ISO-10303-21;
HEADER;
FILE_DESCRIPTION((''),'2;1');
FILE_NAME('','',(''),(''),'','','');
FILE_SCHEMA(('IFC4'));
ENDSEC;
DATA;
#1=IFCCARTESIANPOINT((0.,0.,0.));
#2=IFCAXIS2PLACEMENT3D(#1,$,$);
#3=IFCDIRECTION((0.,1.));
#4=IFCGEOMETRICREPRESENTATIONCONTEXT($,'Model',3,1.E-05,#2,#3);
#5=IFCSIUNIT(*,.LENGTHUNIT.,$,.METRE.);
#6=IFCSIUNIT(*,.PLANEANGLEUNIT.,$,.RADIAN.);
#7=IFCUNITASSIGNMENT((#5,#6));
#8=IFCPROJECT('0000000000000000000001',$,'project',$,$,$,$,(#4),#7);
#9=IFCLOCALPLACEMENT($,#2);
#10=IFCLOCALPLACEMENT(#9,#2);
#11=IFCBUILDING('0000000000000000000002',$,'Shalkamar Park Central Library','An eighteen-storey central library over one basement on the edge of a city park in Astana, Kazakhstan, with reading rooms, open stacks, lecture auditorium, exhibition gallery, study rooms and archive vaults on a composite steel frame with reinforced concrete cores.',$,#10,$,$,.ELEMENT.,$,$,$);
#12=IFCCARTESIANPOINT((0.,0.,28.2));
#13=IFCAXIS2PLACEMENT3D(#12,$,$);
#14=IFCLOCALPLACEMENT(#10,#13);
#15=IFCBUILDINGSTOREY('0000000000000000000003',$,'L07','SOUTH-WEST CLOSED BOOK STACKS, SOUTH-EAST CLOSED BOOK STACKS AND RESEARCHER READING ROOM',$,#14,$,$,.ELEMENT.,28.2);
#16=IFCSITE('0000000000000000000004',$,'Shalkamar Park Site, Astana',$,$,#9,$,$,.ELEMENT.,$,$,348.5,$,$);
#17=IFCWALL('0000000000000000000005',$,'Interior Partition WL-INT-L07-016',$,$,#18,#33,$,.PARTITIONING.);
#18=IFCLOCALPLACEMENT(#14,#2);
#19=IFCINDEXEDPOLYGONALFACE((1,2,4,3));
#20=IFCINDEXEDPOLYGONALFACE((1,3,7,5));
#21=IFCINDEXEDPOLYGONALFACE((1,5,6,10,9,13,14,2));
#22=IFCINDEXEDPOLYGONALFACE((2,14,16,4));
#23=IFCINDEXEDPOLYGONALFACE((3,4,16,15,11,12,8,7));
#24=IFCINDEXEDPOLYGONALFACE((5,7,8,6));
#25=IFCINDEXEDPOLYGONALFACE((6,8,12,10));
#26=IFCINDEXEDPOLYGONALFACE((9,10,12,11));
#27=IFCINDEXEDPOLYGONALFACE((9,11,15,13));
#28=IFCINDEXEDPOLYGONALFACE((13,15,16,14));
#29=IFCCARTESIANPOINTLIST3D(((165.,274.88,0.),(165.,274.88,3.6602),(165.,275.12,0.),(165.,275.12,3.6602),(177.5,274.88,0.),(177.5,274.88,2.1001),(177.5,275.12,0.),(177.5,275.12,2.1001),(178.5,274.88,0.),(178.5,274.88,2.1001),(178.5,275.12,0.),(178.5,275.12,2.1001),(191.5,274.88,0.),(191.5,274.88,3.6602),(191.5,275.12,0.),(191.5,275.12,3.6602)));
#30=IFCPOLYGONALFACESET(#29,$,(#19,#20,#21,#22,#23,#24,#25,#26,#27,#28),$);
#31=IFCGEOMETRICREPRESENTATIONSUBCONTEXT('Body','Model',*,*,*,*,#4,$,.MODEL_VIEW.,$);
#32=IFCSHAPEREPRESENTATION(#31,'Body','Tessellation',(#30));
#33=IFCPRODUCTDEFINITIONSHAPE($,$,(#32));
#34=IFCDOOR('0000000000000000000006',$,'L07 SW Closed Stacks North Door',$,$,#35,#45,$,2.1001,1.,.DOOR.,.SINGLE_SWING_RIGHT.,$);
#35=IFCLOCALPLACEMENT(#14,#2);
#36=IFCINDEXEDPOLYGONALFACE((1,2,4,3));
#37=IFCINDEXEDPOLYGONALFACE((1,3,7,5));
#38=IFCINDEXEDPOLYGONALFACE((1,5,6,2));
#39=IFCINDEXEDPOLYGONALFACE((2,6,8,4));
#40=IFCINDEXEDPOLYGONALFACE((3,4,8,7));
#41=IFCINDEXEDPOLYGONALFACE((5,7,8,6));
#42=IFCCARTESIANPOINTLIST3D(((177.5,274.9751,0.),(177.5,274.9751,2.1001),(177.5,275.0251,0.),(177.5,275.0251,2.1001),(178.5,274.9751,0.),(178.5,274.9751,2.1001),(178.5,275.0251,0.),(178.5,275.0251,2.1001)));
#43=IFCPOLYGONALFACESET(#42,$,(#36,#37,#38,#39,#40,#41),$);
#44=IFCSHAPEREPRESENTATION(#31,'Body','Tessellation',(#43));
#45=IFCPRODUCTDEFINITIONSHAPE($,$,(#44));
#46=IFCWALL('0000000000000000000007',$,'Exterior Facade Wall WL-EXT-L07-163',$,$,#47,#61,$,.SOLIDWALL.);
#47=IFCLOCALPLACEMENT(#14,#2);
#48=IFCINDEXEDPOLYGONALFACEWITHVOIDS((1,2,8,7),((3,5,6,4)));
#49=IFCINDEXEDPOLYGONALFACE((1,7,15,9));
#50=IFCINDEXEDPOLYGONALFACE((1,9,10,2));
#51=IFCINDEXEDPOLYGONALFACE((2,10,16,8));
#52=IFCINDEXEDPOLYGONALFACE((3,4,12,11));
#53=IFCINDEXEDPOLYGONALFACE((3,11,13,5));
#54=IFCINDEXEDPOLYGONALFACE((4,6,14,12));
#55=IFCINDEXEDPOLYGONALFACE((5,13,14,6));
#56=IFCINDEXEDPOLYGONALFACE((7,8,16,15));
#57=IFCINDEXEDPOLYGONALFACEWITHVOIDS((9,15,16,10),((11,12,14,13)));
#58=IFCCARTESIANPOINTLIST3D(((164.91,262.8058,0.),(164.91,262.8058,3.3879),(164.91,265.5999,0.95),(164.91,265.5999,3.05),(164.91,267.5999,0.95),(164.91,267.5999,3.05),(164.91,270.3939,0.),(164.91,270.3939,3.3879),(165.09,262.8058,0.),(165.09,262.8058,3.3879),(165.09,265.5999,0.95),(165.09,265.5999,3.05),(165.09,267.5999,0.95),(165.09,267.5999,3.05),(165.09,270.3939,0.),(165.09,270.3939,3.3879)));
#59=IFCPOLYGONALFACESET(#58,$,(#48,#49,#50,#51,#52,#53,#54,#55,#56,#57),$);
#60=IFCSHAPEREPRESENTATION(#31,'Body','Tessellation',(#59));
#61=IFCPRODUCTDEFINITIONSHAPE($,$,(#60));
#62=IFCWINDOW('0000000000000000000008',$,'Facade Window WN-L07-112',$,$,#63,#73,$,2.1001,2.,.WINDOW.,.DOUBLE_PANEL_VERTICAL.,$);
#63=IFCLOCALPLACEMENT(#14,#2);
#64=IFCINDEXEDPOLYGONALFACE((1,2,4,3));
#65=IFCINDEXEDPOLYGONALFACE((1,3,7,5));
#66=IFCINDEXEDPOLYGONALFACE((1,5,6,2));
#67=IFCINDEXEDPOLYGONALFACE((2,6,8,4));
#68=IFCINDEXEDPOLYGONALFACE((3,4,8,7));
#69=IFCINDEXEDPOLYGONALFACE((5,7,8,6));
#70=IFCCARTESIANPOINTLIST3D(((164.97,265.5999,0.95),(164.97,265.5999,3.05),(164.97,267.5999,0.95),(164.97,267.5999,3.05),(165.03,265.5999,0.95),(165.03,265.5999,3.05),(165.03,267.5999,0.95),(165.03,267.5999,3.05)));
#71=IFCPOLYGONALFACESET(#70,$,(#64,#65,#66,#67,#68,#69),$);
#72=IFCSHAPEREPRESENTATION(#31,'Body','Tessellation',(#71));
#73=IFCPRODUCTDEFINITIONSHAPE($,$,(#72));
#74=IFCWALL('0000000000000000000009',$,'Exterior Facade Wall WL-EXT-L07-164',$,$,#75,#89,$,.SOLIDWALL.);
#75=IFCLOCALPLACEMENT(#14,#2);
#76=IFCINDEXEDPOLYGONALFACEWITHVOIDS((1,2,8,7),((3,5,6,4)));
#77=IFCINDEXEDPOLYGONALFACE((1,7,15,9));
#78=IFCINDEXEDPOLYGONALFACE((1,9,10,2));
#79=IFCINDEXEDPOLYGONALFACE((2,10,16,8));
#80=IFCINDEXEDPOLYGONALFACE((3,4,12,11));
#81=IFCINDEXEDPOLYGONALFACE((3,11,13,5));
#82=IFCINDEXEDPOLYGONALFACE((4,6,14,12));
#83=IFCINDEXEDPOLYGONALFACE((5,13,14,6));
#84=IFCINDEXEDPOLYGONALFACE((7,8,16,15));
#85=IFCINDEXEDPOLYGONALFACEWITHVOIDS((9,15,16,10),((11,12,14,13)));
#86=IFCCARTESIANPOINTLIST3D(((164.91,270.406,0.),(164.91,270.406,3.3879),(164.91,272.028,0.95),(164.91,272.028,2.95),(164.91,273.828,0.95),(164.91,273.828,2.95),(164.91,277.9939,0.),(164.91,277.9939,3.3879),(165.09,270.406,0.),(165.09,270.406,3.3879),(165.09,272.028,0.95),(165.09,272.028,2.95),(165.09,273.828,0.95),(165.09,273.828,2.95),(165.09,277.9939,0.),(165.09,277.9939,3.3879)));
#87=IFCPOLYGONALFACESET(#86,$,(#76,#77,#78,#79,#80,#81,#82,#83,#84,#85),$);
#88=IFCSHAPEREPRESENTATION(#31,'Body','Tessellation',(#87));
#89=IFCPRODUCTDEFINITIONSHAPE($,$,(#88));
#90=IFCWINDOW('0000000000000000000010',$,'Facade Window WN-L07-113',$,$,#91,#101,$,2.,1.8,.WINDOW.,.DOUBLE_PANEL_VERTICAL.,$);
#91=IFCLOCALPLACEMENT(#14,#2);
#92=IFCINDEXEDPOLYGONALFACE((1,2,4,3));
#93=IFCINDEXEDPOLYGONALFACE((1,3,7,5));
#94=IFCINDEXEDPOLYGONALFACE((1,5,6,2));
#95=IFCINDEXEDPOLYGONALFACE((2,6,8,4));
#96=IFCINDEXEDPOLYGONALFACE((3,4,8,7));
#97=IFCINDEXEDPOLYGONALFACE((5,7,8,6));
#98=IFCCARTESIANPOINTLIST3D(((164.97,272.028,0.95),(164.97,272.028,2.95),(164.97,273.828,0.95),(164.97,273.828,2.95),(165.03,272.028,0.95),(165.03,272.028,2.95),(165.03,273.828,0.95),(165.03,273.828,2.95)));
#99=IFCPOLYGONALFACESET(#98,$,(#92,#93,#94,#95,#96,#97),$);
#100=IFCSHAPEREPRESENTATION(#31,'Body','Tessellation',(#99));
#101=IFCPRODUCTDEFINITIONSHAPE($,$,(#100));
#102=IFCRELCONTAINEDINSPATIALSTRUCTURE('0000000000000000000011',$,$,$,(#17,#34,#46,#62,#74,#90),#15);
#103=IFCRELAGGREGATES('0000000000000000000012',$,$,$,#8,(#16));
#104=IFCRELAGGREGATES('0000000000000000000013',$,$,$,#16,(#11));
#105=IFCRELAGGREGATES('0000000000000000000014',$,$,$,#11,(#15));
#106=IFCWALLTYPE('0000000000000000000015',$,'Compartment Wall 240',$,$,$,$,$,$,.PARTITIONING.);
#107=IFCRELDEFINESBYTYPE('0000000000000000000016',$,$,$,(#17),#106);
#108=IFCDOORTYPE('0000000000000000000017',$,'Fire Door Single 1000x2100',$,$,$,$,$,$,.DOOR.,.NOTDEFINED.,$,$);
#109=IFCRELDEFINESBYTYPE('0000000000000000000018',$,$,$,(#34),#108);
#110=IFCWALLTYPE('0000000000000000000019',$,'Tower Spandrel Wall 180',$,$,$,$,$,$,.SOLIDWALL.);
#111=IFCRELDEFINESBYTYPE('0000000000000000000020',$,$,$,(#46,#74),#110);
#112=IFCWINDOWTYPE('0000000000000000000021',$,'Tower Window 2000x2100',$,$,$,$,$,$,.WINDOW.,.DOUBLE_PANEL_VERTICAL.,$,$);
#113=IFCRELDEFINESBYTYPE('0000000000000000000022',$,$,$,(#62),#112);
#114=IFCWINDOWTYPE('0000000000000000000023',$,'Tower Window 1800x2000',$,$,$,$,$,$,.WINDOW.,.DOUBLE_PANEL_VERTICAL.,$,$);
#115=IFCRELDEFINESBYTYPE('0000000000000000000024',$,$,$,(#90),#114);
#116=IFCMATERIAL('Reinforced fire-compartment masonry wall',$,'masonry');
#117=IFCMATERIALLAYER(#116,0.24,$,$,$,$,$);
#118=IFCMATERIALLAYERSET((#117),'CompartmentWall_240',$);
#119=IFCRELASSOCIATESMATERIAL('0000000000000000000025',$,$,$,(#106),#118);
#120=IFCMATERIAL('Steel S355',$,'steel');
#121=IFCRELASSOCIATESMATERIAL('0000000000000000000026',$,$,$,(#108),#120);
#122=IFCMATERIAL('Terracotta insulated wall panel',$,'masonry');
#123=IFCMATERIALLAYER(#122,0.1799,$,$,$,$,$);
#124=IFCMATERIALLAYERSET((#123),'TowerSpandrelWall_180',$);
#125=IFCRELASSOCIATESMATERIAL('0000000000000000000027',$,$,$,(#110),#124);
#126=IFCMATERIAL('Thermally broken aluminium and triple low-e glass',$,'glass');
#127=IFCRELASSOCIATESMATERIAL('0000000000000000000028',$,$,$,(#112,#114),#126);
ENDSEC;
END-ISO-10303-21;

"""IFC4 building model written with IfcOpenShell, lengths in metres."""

from ifc_helpers import new_model, si_unit, direction, frame, frame_2d, origin, place, context, subcontext, project, spatial, rectangle, extrude, material, layer, layer_set, type_object, element, fill, save


model = new_model("IFC4")

# Units and contexts
model_context = context("Model", 3, precision=1e-05, world=origin(), true_north=direction((0.0, 1.0)))
body_context = subcontext(model_context, "Body", "Model", "MODEL_VIEW")
ifc_project = project(units=[si_unit("LENGTHUNIT", "METRE"), si_unit("PLANEANGLEUNIT", "RADIAN")], contexts=[model_context])

# Site, building, storey
site_placement = place(None, origin())
site = spatial("IfcSite", under=ifc_project, at=site_placement, Name="Shalkamar Park Site, Astana", CompositionType="ELEMENT", RefElevation=348.5)
building_placement = place(site_placement, origin())
building = spatial("IfcBuilding", under=site, at=building_placement, Name="Shalkamar Park Central Library", Description="An eighteen-storey central library over one basement on the edge of a city park in Astana, Kazakhstan, with reading rooms, open stacks, lecture auditorium, exhibition gallery, study rooms and archive vaults on a composite steel frame with reinforced concrete cores.", CompositionType="ELEMENT")
storey_placement = place(building_placement, frame((0.0, 0.0, 28.2)))
storey = spatial("IfcBuildingStorey", under=building, at=storey_placement, Name="L07", Description="SOUTH-WEST CLOSED BOOK STACKS, SOUTH-EAST CLOSED BOOK STACKS AND RESEARCHER READING ROOM", CompositionType="ELEMENT", Elevation=28.2)

# Shared definitions
ifc_material_1 = material(Name="Steel S355", Category="steel")

# Wall, opening, door
ifc_material_2 = material(Name="Reinforced fire-compartment masonry wall", Category="masonry")
ifc_layer_1 = layer(ifc_material_2, 0.24)
ifc_layer_set_1 = layer_set([ifc_layer_1], Name="CompartmentWall_240")
wall_type_1 = type_object("IfcWallType", Name="Compartment Wall 240", PredefinedType="PARTITIONING", material=ifc_layer_set_1)
wall_1_placement = place(storey_placement, frame((165.0, 275.0, 0.0), z_axis=(0.0, 0.0, 1.0), x_axis=(1.0, 0.0, 0.0)))
wall_1 = element("IfcWall", 1, at=wall_1_placement, inside=storey, type_object=wall_type_1, Name="Interior Partition WL-INT-L07-016", PredefinedType="PARTITIONING", context=body_context, shape_type="SweptSolid", body=[
    extrude(rectangle(XDim=26.5, YDim=0.24, at=frame_2d((13.25, 0.0))), origin(), (0.0, 0.0, 1.0), 3.6602),
])
opening_1_placement = place(wall_1_placement, frame((12.5, 0.0, 0.0)))
opening_1 = element("IfcOpeningElement", 2, at=opening_1_placement, cuts=wall_1, PredefinedType="OPENING", context=body_context, shape_type="SweptSolid", body=[
    extrude(rectangle(XDim=1.0, YDim=2.1001, at=frame_2d((0.5, 1.05))), frame((0.0, 0.1348, 0.0), z_axis=(0.0, -1.0, 0.0), x_axis=(1.0, 0.0, 0.0)), (0.0, 0.0, 1.0), 0.2698),
])
door_type = type_object("IfcDoorType", Name="Fire Door Single 1000x2100", OperationType="NOTDEFINED", PredefinedType="DOOR", material=ifc_material_1)
door_placement = place(opening_1_placement, frame((1.0, 0.0, 0.0), z_axis=(0.0, 0.0, 1.0), x_axis=(-1.0, 0.0, 0.0)))
door = element("IfcDoor", 3, at=door_placement, inside=storey, type_object=door_type, Name="L07 SW Closed Stacks North Door", OperationType="SINGLE_SWING_RIGHT", OverallHeight=2.1001, OverallWidth=1.0, PredefinedType="DOOR", context=body_context, shape_type="SweptSolid", body=[
    extrude(rectangle(XDim=1.0, YDim=2.1001, at=frame_2d((0.5, 1.05))), frame((0.0, 0.0249, 0.0), z_axis=(0.0, -1.0, 0.0), x_axis=(1.0, 0.0, 0.0)), (0.0, 0.0, 1.0), 0.05),
])
fill(opening_1, door)

# Walls, openings, windows
ifc_material_3 = material(Name="Terracotta insulated wall panel", Category="masonry")
ifc_layer_2 = layer(ifc_material_3, 0.1799)
ifc_layer_set_2 = layer_set([ifc_layer_2], Name="TowerSpandrelWall_180")
wall_type_2 = type_object("IfcWallType", Name="Tower Spandrel Wall 180", PredefinedType="SOLIDWALL", material=ifc_layer_set_2)
wall_2_placement = place(storey_placement, frame((165.0, 262.8059, 0.0), z_axis=(0.0, 0.0, 1.0), x_axis=(0.0, 1.0, 0.0)))
wall_2 = element("IfcWall", 4, at=wall_2_placement, inside=storey, type_object=wall_type_2, Name="Exterior Facade Wall WL-EXT-L07-163", PredefinedType="SOLIDWALL", context=body_context, shape_type="SweptSolid", body=[
    extrude(rectangle(XDim=7.5881, YDim=0.1799, at=frame_2d((3.7939, 0.0))), origin(), (0.0, 0.0, 1.0), 3.3879),
])
opening_2_placement = place(wall_2_placement, frame((2.7939, 0.0, 0.95)))
opening_2 = element("IfcOpeningElement", 5, at=opening_2_placement, cuts=wall_2, PredefinedType="OPENING", context=body_context, shape_type="SweptSolid", body=[
    extrude(rectangle(XDim=2.0, YDim=2.1001, at=frame_2d((1.0, 1.05))), frame((0.0, 0.105, 0.0), z_axis=(0.0, -1.0, 0.0), x_axis=(1.0, 0.0, 0.0)), (0.0, 0.0, 1.0), 0.2097),
])
ifc_material_4 = material(Name="Thermally broken aluminium and triple low-e glass", Category="glass")
window_type_1 = type_object("IfcWindowType", Name="Tower Window 2000x2100", PartitioningType="DOUBLE_PANEL_VERTICAL", PredefinedType="WINDOW", material=ifc_material_4)
window_1_placement = place(opening_2_placement, origin())
window_1 = element("IfcWindow", 6, at=window_1_placement, inside=storey, type_object=window_type_1, Name="Facade Window WN-L07-112", OverallHeight=2.1001, OverallWidth=2.0, PartitioningType="DOUBLE_PANEL_VERTICAL", PredefinedType="WINDOW", context=body_context, shape_type="SweptSolid", body=[
    extrude(rectangle(XDim=2.0, YDim=2.1001, at=frame_2d((1.0, 1.05))), frame((0.0, 0.03, 0.0), z_axis=(0.0, -1.0, 0.0), x_axis=(1.0, 0.0, 0.0)), (0.0, 0.0, 1.0), 0.0601),
])
fill(opening_2, window_1)
wall_3_placement = place(storey_placement, frame((165.0, 270.406, 0.0), z_axis=(0.0, 0.0, 1.0), x_axis=(0.0, 1.0, 0.0)))
wall_3 = element("IfcWall", 7, at=wall_3_placement, inside=storey, type_object=wall_type_2, Name="Exterior Facade Wall WL-EXT-L07-164", PredefinedType="SOLIDWALL", context=body_context, shape_type="SweptSolid", body=[
    extrude(rectangle(XDim=7.5879, YDim=0.1799, at=frame_2d((3.7939, 0.0))), origin(), (0.0, 0.0, 1.0), 3.3879),
])
opening_3_placement = place(wall_3_placement, frame((1.6221, 0.0, 0.95)))
opening_3 = element("IfcOpeningElement", 8, at=opening_3_placement, cuts=wall_3, PredefinedType="OPENING", context=body_context, shape_type="SweptSolid", body=[
    extrude(rectangle(XDim=1.8, YDim=2.0, at=frame_2d((0.8999, 1.0))), frame((0.0, 0.105, 0.0), z_axis=(0.0, -1.0, 0.0), x_axis=(1.0, 0.0, 0.0)), (0.0, 0.0, 1.0), 0.2097),
])
window_type_2 = type_object("IfcWindowType", Name="Tower Window 1800x2000", PartitioningType="DOUBLE_PANEL_VERTICAL", PredefinedType="WINDOW", material=ifc_material_4)
window_2_placement = place(opening_3_placement, origin())
window_2 = element("IfcWindow", 9, at=window_2_placement, inside=storey, type_object=window_type_2, Name="Facade Window WN-L07-113", OverallHeight=2.0, OverallWidth=1.8, PartitioningType="DOUBLE_PANEL_VERTICAL", PredefinedType="WINDOW", context=body_context, shape_type="SweptSolid", body=[
    extrude(rectangle(XDim=1.8, YDim=2.0, at=frame_2d((0.8999, 1.0))), frame((0.0, 0.03, 0.0), z_axis=(0.0, -1.0, 0.0), x_axis=(1.0, 0.0, 0.0)), (0.0, 0.0, 1.0), 0.0601),
])
fill(opening_3, window_2)

save(model, "model.ifc")
